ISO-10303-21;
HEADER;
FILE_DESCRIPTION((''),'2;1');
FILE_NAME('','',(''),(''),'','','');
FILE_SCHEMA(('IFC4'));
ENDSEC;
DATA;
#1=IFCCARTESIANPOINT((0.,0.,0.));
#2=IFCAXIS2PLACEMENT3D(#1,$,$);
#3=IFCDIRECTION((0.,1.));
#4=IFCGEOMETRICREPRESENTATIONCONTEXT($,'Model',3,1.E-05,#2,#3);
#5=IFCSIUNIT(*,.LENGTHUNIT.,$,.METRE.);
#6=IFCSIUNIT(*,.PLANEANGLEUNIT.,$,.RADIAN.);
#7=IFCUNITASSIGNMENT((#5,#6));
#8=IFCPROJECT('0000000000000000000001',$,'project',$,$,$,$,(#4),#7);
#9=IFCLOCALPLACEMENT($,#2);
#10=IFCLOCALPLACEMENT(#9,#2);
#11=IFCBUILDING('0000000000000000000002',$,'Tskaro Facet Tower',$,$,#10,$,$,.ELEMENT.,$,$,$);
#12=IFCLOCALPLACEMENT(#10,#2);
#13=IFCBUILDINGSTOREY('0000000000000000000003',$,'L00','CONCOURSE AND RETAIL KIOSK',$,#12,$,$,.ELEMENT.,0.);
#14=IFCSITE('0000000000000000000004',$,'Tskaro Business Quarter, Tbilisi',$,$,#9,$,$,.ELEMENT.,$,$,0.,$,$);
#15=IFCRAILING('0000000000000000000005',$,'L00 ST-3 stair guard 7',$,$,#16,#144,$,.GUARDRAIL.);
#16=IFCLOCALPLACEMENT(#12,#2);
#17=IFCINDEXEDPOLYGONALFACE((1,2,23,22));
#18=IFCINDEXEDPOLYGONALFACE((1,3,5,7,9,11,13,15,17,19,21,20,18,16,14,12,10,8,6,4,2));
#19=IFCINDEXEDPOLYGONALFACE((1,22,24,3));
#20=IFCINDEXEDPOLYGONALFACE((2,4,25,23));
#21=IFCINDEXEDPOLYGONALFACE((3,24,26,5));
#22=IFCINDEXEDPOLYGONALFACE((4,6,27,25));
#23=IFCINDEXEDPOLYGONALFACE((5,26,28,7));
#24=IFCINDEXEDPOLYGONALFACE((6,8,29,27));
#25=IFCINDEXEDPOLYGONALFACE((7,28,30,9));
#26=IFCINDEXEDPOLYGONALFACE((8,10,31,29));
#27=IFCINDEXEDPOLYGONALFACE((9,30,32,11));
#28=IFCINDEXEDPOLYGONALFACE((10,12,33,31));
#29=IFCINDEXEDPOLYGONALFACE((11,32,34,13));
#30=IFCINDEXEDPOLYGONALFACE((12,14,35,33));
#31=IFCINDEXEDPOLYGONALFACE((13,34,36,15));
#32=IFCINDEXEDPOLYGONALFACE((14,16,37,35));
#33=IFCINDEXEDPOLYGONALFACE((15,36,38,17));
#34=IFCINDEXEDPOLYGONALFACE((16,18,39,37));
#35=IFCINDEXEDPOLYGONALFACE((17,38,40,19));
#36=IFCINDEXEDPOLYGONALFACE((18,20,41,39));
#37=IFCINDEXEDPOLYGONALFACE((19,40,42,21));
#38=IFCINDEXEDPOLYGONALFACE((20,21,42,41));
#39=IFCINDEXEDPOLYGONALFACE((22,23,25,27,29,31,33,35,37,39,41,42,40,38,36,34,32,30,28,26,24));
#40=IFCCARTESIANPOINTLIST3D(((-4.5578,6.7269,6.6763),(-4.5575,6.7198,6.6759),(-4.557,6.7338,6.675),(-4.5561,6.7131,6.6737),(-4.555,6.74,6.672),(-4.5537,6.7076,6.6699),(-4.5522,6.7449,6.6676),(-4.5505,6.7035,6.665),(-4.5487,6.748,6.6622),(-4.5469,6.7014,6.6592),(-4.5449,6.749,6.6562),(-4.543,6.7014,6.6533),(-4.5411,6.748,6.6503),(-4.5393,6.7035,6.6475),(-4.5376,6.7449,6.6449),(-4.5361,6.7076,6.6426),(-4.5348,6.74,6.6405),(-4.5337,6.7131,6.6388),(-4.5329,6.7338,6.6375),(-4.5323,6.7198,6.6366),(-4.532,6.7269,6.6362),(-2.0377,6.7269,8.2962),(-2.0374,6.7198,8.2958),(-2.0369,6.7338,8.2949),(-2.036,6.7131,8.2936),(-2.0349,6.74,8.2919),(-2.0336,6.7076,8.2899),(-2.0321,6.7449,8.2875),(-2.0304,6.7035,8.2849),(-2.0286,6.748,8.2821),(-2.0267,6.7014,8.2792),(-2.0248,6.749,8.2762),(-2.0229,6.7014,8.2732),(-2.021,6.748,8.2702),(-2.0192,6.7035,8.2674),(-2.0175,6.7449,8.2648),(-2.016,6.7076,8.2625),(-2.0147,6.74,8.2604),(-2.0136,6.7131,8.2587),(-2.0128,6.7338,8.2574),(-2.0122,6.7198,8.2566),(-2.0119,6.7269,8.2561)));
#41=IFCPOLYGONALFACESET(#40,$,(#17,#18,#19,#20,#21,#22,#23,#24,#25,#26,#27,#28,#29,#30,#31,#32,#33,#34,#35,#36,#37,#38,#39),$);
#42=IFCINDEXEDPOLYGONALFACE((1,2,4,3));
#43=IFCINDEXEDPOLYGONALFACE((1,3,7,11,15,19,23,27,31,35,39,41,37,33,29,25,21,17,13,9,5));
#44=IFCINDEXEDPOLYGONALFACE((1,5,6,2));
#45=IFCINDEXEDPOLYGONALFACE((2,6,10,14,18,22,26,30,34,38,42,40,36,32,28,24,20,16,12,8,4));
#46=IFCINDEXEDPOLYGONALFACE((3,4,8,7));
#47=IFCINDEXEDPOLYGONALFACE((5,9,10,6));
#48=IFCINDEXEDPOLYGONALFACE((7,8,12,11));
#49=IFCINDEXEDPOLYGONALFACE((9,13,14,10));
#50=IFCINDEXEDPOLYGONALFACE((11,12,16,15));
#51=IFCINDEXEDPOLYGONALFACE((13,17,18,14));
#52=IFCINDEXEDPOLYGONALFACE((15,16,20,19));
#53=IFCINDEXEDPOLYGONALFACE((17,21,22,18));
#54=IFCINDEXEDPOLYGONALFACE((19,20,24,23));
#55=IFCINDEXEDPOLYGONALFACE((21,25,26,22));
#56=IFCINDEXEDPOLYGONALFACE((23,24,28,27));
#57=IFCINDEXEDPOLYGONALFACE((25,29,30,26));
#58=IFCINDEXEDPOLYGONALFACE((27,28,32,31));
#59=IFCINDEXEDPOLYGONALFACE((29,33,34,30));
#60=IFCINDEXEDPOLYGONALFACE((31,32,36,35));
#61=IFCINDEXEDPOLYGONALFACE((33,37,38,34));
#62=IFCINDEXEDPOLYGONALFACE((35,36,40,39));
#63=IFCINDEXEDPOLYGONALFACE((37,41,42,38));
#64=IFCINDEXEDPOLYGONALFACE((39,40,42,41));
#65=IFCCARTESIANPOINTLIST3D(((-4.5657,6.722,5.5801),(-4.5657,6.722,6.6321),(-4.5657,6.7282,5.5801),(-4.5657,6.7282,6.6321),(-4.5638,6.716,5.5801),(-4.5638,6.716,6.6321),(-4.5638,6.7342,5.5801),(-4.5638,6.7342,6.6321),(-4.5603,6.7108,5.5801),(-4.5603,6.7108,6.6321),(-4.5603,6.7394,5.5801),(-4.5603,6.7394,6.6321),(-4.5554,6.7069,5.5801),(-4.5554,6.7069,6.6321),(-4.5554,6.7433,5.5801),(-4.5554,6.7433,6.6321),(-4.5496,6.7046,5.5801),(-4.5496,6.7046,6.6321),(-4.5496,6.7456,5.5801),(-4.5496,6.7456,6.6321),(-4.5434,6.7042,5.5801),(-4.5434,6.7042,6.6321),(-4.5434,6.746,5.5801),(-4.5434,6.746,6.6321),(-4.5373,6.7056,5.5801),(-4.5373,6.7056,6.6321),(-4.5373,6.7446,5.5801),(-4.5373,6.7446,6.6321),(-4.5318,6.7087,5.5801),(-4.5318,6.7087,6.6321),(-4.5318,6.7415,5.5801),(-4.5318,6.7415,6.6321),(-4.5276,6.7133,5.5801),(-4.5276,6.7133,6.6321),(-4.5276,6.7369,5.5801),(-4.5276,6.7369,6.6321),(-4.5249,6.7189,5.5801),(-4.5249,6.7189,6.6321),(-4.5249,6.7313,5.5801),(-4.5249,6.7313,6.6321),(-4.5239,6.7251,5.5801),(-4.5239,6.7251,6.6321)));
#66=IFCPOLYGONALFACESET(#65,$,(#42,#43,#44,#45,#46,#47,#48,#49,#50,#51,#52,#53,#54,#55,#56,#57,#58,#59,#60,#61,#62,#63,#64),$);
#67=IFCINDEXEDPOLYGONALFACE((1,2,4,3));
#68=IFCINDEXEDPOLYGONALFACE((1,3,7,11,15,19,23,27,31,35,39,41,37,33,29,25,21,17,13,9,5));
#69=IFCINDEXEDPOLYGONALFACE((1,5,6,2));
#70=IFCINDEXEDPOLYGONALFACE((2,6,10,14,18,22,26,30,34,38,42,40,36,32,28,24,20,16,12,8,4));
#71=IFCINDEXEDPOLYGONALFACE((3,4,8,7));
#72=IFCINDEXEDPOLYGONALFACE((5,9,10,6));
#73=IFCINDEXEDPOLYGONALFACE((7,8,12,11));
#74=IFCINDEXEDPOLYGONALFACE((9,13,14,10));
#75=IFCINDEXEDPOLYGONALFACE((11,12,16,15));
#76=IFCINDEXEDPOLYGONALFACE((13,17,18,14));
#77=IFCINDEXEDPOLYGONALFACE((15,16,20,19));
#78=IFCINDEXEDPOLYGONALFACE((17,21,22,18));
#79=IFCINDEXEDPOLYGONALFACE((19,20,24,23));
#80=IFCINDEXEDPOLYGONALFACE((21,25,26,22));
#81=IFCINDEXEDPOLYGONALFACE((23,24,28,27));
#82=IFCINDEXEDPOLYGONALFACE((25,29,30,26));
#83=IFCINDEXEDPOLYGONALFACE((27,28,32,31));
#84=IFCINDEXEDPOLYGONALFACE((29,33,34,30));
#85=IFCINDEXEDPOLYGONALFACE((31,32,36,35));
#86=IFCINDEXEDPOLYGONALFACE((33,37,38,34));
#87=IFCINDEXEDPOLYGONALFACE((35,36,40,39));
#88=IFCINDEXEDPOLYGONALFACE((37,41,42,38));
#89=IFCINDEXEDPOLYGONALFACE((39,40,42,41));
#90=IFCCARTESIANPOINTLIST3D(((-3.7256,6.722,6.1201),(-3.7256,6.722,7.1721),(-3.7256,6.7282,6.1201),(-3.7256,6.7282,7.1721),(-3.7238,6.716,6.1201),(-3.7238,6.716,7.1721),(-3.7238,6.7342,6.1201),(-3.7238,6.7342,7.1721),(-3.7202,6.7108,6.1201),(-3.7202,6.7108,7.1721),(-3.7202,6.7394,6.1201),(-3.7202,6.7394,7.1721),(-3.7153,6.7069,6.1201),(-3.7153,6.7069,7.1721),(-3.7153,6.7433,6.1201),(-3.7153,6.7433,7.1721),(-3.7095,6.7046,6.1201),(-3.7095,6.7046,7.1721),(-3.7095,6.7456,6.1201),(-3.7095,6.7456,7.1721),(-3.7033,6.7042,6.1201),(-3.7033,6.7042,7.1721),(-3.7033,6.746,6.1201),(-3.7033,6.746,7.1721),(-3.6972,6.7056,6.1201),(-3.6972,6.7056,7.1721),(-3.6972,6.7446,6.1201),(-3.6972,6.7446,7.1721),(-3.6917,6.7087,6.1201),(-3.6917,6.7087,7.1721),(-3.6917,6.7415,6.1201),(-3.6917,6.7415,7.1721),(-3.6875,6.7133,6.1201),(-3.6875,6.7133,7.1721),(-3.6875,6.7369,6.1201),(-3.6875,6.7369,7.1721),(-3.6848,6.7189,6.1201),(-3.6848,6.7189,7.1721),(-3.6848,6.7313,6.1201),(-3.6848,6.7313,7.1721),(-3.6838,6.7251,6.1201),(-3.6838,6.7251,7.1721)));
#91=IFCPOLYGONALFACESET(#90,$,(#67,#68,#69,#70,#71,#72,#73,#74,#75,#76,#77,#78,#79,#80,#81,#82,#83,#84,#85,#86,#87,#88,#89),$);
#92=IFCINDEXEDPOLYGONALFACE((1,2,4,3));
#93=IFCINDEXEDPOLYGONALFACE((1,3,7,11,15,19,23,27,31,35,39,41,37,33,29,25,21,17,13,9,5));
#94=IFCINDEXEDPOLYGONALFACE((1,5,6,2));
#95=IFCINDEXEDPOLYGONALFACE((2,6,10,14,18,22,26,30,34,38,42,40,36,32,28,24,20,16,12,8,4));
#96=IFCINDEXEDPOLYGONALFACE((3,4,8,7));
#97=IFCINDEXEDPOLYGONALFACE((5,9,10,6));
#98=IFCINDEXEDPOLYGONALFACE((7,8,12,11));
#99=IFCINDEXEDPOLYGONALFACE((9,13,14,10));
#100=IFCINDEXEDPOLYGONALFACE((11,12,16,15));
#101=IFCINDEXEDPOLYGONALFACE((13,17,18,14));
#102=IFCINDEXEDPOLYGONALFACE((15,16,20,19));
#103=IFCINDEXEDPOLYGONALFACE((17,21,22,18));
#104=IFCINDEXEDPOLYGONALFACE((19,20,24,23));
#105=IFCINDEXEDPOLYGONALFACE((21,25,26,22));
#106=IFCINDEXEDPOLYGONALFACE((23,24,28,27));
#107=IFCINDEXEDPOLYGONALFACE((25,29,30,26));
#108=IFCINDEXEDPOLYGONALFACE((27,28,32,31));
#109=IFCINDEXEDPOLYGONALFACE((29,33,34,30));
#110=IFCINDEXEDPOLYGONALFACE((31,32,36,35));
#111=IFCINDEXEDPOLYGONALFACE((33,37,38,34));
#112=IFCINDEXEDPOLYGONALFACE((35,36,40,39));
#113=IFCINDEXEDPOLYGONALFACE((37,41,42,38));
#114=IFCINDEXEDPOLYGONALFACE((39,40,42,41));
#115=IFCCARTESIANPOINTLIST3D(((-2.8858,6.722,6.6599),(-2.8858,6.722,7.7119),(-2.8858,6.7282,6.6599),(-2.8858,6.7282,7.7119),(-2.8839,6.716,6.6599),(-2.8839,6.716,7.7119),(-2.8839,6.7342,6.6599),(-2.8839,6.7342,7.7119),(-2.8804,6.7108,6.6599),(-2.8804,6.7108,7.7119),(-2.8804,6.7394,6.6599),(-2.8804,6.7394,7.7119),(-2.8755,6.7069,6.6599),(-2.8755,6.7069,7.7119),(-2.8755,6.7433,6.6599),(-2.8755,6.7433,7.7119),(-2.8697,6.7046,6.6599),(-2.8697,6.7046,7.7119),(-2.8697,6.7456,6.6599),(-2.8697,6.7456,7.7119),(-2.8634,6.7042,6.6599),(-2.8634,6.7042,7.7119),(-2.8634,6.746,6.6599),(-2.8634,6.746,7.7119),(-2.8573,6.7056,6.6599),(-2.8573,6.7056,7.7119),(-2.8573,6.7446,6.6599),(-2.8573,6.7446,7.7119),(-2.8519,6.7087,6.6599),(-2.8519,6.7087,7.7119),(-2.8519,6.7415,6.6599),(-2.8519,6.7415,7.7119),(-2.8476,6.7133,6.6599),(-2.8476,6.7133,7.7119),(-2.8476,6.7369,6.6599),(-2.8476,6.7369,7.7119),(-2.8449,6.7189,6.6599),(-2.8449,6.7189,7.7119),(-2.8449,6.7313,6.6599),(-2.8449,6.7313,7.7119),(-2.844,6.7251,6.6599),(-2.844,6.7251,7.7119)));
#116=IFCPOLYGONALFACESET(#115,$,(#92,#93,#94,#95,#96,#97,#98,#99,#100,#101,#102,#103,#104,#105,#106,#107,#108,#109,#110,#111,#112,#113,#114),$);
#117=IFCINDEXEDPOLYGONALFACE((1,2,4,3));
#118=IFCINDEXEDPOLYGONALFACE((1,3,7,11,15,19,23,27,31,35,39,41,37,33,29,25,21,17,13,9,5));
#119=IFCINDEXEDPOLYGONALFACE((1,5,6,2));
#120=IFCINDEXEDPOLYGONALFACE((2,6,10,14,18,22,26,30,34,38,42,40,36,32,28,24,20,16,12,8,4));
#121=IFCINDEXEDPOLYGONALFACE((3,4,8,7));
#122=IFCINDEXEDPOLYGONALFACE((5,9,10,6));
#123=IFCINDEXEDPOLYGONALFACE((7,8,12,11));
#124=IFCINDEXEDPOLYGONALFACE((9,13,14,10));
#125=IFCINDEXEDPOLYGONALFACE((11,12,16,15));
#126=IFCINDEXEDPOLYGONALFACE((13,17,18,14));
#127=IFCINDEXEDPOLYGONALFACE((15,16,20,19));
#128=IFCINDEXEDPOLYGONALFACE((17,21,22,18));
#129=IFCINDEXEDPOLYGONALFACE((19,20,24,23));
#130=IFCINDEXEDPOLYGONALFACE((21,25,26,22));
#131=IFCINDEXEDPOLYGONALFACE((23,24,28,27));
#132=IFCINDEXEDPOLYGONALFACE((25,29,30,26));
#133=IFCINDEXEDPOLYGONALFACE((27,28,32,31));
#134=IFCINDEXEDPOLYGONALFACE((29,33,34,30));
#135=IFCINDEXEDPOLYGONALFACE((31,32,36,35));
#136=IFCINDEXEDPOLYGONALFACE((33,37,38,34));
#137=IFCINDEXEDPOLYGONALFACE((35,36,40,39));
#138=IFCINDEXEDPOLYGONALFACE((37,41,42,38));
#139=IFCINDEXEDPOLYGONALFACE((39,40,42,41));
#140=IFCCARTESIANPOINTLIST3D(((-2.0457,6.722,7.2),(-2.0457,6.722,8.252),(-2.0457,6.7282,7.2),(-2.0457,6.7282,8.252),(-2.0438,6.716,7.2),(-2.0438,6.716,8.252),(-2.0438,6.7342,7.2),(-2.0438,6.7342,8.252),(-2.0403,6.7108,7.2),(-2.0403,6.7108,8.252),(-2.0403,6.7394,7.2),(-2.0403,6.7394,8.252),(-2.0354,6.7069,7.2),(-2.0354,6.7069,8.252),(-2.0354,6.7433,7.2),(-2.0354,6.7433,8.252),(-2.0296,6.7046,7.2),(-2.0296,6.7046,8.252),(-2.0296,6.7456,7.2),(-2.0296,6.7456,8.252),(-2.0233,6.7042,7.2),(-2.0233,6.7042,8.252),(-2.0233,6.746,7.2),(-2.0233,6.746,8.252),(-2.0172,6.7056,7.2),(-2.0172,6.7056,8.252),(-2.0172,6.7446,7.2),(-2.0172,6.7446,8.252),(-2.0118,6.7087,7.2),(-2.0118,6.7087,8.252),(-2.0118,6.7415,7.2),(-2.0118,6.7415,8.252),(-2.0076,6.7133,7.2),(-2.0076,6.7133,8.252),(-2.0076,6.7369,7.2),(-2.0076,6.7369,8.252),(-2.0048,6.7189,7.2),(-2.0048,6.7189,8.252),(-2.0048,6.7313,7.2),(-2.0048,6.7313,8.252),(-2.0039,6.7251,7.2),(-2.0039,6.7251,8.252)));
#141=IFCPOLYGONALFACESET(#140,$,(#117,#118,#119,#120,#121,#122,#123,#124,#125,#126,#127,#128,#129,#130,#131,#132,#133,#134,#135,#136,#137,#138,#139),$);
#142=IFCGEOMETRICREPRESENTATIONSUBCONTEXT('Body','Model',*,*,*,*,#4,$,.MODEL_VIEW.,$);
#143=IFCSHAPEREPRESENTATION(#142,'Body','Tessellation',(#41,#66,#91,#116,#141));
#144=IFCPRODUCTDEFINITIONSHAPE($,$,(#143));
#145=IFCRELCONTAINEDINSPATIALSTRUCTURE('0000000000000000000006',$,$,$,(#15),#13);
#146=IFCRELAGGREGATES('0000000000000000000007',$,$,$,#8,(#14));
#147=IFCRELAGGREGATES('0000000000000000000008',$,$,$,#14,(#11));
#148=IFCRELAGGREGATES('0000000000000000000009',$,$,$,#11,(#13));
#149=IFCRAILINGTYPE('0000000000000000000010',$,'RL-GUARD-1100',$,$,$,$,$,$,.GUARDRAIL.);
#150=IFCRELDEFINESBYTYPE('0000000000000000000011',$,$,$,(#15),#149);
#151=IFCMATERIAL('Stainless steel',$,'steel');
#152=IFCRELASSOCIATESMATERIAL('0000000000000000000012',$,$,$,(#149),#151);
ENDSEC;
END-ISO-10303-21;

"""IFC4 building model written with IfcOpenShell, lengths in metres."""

from ifc_helpers import new_model, si_unit, direction, frame, origin, origin_2d, place, context, subcontext, project, spatial, circle, extrude, material, type_object, element, save


model = new_model("IFC4")

# Units and contexts
model_context = context("Model", 3, precision=1e-05, world=origin(), true_north=direction((0.0, 1.0)))
body_context = subcontext(model_context, "Body", "Model", "MODEL_VIEW")
ifc_project = project(units=[si_unit("LENGTHUNIT", "METRE"), si_unit("PLANEANGLEUNIT", "RADIAN")], contexts=[model_context])

# Site, building, storey
site_placement = place(None, origin())
site = spatial("IfcSite", under=ifc_project, at=site_placement, Name="Tskaro Business Quarter, Tbilisi", CompositionType="ELEMENT", RefElevation=0.0)
building_placement = place(site_placement, origin())
building = spatial("IfcBuilding", under=site, at=building_placement, Name="Tskaro Facet Tower", CompositionType="ELEMENT")
storey_placement = place(building_placement, origin())
storey = spatial("IfcBuildingStorey", under=building, at=storey_placement, Name="L00", Description="CONCOURSE AND RETAIL KIOSK", CompositionType="ELEMENT", Elevation=0.0)

# Railing
ifc_material_1 = material(Name="Stainless steel", Category="steel")
railing_type_1 = type_object("IfcRailingType", Name="RL-GUARD-1100", PredefinedType="GUARDRAIL", material=ifc_material_1)
railing_1_placement = place(storey_placement, frame((-4.5449, 6.7251, 5.5801)))
element("IfcRailing", 1, at=railing_1_placement, inside=storey, type_object=railing_type_1, Name="L00 ST-3 stair guard 7", PredefinedType="GUARDRAIL", context=body_context, shape_type="SweptSolid", body=[
    extrude(circle(Radius=0.0239, at=origin_2d()), frame((0.0, 0.0, 1.0762), z_axis=(0.8412, 0.0, 0.540725), x_axis=(0.0, 1.0, 0.0)), (0.0, 0.0, 1.0), 2.9958),
    extrude(circle(Radius=0.021, at=origin_2d()), origin(), (0.0, 0.0, 1.0), 1.052),
    extrude(circle(Radius=0.021, at=origin_2d()), frame((0.8401, 0.0, 0.54)), (0.0, 0.0, 1.0), 1.052),
    extrude(circle(Radius=0.021, at=origin_2d()), frame((1.6799, 0.0, 1.0798)), (0.0, 0.0, 1.0), 1.052),
    extrude(circle(Radius=0.021, at=origin_2d()), frame((2.52, 0.0, 1.6199)), (0.0, 0.0, 1.0), 1.052),
])

save(model, "model.ifc")
